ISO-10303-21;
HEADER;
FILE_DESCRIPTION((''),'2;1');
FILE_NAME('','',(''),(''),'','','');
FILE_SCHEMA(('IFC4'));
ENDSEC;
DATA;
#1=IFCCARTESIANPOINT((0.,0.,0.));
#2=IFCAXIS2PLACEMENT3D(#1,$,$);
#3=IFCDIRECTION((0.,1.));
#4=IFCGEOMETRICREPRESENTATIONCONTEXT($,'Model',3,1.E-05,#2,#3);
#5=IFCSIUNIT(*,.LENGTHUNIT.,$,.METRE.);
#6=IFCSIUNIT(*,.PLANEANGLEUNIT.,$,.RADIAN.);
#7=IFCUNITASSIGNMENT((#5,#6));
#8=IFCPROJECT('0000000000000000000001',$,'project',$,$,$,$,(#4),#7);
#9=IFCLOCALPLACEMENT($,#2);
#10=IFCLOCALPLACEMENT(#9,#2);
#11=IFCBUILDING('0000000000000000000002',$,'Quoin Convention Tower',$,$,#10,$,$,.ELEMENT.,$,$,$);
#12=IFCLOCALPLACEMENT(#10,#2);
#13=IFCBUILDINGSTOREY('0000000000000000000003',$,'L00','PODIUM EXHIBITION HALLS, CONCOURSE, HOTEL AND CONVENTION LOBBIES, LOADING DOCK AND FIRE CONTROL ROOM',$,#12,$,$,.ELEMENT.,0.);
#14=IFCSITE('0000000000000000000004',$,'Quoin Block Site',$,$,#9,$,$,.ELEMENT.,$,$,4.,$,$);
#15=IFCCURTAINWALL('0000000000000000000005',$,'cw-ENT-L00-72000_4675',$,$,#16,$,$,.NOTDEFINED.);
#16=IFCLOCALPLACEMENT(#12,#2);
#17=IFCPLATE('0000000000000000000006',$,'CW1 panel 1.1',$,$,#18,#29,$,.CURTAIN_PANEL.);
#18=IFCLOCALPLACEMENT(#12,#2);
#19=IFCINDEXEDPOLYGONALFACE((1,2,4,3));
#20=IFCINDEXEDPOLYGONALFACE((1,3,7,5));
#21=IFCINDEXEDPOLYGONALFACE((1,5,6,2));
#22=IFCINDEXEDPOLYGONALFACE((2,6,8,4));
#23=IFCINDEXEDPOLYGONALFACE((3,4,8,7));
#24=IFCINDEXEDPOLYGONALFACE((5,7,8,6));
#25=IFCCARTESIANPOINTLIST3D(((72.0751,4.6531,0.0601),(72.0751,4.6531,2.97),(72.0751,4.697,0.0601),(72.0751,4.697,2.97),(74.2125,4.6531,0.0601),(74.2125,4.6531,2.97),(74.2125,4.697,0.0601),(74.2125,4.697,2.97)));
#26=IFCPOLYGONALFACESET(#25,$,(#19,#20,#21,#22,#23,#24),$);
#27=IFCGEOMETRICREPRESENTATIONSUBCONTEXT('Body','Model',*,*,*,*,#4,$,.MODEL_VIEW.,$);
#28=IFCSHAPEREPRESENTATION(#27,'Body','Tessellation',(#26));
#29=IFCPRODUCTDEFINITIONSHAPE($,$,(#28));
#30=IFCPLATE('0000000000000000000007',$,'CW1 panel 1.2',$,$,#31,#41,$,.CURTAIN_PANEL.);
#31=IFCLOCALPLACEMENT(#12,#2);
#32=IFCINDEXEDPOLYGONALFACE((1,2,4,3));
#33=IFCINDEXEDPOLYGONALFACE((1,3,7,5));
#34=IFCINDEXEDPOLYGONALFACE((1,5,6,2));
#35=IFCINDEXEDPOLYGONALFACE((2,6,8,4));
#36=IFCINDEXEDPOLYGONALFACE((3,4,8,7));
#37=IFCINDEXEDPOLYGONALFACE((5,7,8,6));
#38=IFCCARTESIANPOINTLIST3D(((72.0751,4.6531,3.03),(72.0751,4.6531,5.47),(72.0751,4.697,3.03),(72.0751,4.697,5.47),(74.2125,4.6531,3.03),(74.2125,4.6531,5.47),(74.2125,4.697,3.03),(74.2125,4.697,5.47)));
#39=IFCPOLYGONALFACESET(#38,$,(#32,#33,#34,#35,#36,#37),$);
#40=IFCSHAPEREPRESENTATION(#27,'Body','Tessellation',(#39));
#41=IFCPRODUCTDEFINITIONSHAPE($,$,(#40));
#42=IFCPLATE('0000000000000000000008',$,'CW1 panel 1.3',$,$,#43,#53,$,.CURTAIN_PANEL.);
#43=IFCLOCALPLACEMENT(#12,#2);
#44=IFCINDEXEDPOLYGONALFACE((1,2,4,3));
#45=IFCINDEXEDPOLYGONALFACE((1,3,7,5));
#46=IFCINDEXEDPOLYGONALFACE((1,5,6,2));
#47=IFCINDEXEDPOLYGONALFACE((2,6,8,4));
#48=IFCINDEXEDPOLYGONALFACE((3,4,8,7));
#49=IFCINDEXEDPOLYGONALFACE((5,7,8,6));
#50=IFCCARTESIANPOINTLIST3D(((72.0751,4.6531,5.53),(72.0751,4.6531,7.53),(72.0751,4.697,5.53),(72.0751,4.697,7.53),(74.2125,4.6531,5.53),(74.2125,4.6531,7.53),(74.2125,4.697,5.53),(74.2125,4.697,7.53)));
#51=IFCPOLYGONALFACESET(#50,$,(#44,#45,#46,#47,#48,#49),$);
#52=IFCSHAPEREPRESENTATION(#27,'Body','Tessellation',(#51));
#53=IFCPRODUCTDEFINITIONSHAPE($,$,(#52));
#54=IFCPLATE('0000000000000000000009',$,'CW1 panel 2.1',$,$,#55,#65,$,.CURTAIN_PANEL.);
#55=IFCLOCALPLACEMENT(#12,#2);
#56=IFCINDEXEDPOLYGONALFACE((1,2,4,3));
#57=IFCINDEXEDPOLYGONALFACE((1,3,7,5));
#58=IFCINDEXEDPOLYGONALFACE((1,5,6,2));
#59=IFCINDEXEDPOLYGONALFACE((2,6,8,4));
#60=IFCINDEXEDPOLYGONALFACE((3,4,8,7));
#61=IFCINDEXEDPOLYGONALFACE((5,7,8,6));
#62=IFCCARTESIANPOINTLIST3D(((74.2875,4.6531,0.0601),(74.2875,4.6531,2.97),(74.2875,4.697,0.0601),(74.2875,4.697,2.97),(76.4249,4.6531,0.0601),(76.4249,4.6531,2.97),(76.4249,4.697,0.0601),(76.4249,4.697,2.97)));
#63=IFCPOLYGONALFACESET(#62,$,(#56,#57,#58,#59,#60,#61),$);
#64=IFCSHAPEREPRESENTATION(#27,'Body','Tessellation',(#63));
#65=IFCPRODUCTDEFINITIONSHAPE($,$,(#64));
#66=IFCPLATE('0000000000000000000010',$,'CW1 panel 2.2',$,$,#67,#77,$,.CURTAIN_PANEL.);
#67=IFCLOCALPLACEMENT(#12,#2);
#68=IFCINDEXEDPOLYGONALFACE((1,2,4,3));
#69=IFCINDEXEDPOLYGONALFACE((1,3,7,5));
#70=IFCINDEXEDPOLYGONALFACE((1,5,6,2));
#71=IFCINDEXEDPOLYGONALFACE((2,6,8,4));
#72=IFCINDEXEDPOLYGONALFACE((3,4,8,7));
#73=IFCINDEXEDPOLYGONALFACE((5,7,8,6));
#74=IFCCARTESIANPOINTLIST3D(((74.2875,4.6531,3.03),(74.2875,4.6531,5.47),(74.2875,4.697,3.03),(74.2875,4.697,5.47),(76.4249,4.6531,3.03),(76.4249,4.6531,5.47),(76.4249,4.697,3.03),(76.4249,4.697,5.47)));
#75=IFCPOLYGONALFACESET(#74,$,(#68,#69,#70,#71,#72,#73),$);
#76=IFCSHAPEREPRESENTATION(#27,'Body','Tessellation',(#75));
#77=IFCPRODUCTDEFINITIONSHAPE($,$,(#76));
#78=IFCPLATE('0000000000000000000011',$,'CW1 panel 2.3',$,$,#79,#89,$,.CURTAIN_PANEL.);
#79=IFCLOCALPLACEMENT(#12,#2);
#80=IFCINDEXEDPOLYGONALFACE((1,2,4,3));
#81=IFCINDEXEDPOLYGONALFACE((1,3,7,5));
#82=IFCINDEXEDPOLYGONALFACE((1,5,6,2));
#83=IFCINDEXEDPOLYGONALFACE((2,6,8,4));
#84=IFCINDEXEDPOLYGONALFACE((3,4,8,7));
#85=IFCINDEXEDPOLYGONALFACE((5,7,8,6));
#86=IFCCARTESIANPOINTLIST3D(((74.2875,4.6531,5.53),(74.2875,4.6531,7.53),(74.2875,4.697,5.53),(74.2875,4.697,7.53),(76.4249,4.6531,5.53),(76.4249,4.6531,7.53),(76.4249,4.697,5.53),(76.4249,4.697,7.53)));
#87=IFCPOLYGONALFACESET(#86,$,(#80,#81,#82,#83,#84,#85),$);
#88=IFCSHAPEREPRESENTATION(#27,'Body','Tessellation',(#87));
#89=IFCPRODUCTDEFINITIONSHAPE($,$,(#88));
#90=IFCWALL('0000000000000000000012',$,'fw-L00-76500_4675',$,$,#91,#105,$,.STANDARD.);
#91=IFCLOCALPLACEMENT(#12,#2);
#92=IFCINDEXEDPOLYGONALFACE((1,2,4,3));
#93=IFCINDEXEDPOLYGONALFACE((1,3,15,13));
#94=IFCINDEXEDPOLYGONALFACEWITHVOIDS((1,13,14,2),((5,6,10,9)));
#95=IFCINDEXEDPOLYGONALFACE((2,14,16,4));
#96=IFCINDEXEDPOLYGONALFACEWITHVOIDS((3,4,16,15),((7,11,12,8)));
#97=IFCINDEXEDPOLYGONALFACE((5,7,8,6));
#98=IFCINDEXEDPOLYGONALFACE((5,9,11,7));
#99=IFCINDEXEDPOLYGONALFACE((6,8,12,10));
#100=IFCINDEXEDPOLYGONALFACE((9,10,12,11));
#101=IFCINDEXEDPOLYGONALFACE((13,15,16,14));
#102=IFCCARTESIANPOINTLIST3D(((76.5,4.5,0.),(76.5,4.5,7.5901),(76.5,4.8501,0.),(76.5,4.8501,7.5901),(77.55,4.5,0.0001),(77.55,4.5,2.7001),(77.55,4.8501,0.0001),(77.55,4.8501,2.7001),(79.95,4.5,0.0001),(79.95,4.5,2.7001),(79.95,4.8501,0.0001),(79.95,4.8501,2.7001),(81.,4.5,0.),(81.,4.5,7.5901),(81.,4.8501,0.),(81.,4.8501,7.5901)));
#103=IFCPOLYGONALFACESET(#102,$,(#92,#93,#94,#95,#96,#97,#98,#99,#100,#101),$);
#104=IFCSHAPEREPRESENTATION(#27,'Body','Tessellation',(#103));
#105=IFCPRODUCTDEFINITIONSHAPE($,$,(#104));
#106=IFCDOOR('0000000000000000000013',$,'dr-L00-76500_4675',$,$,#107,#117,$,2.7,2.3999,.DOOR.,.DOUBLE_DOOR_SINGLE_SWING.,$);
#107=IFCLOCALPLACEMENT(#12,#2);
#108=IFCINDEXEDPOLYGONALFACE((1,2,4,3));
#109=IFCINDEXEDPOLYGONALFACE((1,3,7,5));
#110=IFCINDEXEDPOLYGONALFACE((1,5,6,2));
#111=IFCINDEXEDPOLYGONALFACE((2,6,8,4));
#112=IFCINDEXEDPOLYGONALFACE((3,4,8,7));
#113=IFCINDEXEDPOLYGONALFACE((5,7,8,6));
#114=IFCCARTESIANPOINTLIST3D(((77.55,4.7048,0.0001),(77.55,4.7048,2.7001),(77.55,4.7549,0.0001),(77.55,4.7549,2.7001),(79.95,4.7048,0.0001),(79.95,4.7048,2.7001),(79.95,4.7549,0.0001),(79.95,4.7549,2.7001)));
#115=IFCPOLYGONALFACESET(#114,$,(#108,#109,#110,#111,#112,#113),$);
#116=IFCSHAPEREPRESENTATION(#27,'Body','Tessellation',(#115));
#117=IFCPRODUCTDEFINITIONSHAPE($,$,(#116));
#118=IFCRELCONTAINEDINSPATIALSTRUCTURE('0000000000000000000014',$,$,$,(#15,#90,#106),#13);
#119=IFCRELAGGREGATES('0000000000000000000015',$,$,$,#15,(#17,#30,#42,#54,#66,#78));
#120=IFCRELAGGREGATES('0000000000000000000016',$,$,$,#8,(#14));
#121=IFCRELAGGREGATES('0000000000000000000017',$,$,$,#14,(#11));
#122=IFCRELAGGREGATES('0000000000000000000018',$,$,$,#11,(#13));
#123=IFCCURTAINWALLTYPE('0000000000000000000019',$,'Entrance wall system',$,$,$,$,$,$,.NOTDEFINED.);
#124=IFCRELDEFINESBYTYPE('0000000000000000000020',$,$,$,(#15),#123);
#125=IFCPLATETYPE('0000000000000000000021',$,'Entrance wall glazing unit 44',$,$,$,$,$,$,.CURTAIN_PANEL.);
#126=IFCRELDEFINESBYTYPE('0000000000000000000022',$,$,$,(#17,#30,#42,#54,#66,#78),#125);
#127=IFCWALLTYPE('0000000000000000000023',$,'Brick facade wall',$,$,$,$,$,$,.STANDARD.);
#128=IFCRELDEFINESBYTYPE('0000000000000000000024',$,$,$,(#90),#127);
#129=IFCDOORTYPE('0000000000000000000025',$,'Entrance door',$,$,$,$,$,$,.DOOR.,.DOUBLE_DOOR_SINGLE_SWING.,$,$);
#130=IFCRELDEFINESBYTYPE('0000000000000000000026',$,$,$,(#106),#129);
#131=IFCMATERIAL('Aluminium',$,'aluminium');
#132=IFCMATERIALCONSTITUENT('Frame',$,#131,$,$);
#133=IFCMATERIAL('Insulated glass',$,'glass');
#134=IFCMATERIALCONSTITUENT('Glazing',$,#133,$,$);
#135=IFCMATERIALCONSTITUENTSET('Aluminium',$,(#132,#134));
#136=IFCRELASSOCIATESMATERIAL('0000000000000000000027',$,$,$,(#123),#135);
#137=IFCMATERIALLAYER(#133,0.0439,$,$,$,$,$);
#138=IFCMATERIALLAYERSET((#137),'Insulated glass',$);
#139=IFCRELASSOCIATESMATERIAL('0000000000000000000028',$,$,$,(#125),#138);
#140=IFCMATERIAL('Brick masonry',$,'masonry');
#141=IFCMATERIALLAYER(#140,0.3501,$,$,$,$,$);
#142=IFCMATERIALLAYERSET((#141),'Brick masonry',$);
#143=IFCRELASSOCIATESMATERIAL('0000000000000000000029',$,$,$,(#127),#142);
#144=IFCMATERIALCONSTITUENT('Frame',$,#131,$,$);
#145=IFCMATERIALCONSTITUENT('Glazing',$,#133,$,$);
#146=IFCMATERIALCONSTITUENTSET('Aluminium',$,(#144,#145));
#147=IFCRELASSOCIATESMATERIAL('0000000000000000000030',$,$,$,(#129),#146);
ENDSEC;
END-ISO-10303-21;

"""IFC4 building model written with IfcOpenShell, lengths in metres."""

from ifc_helpers import new_model, si_unit, direction, frame, frame_2d, origin, origin_2d, place, context, subcontext, project, spatial, rectangle, extrude, material, layer, layer_set, constituent, constituent_set, type_object, element, fill, aggregate, save


model = new_model("IFC4")

# Units and contexts
model_context = context("Model", 3, precision=1e-05, world=origin(), true_north=direction((0.0, 1.0)))
body_context = subcontext(model_context, "Body", "Model", "MODEL_VIEW")
ifc_project = project(units=[si_unit("LENGTHUNIT", "METRE"), si_unit("PLANEANGLEUNIT", "RADIAN")], contexts=[model_context])

# Site, building, storey
site_placement = place(None, origin())
site = spatial("IfcSite", under=ifc_project, at=site_placement, Name="Quoin Block Site", CompositionType="ELEMENT", RefElevation=4.0)
building_placement = place(site_placement, origin())
building = spatial("IfcBuilding", under=site, at=building_placement, Name="Quoin Convention Tower", CompositionType="ELEMENT")
storey_placement = place(building_placement, origin())
storey = spatial("IfcBuildingStorey", under=building, at=storey_placement, Name="L00", Description="PODIUM EXHIBITION HALLS, CONCOURSE, HOTEL AND CONVENTION LOBBIES, LOADING DOCK AND FIRE CONTROL ROOM", CompositionType="ELEMENT", Elevation=0.0)

# Curtain wall
ifc_material_1 = material(Name="Aluminium", Category="aluminium")
ifc_constituent_1 = constituent(ifc_material_1, Name="Frame")
ifc_material_2 = material(Name="Insulated glass", Category="glass")
ifc_constituent_2 = constituent(ifc_material_2, Name="Glazing")
ifc_constituent_set_1 = constituent_set(constituents=[ifc_constituent_1, ifc_constituent_2], Name="Aluminium")
curtain_wall_type = type_object("IfcCurtainWallType", Name="Entrance wall system", PredefinedType="NOTDEFINED", material=ifc_constituent_set_1)
curtain_wall_1_placement = place(storey_placement, origin())
curtain_wall_1 = element("IfcCurtainWall", 1, at=curtain_wall_1_placement, inside=storey, type_object=curtain_wall_type, Name="cw-ENT-L00-72000_4675", PredefinedType="NOTDEFINED")

# Plates
ifc_layer_1 = layer(ifc_material_2, 0.0439)
ifc_layer_set_1 = layer_set([ifc_layer_1], Name="Insulated glass")
plate_type = type_object("IfcPlateType", Name="Entrance wall glazing unit 44", PredefinedType="CURTAIN_PANEL", material=ifc_layer_set_1)
plate_1_placement = place(storey_placement, frame((73.1438, 4.675, 0.0601), z_axis=(0.0, 0.0, 1.0), x_axis=(1.0, 0.0, 0.0)))
plate_1 = element("IfcPlate", 2, at=plate_1_placement, type_object=plate_type, Name="CW1 panel 1.1", PredefinedType="CURTAIN_PANEL", context=body_context, shape_type="SweptSolid", body=[
    extrude(rectangle(XDim=2.1375, YDim=0.0439, at=origin_2d()), origin(), (0.0, 0.0, 1.0), 2.9099),
])
plate_2_placement = place(storey_placement, frame((73.1438, 4.675, 3.03), z_axis=(0.0, 0.0, 1.0), x_axis=(1.0, 0.0, 0.0)))
plate_2 = element("IfcPlate", 3, at=plate_2_placement, type_object=plate_type, Name="CW1 panel 1.2", PredefinedType="CURTAIN_PANEL", context=body_context, shape_type="SweptSolid", body=[
    extrude(rectangle(XDim=2.1375, YDim=0.0439, at=origin_2d()), origin(), (0.0, 0.0, 1.0), 2.4399),
])
plate_3_placement = place(storey_placement, frame((73.1438, 4.675, 5.53), z_axis=(0.0, 0.0, 1.0), x_axis=(1.0, 0.0, 0.0)))
plate_3 = element("IfcPlate", 4, at=plate_3_placement, type_object=plate_type, Name="CW1 panel 1.3", PredefinedType="CURTAIN_PANEL", context=body_context, shape_type="SweptSolid", body=[
    extrude(rectangle(XDim=2.1375, YDim=0.0439, at=origin_2d()), origin(), (0.0, 0.0, 1.0), 2.0),
])
plate_4_placement = place(storey_placement, frame((75.3562, 4.675, 0.0601), z_axis=(0.0, 0.0, 1.0), x_axis=(1.0, 0.0, 0.0)))
plate_4 = element("IfcPlate", 5, at=plate_4_placement, type_object=plate_type, Name="CW1 panel 2.1", PredefinedType="CURTAIN_PANEL", context=body_context, shape_type="SweptSolid", body=[
    extrude(rectangle(XDim=2.1375, YDim=0.0439, at=origin_2d()), origin(), (0.0, 0.0, 1.0), 2.9099),
])
plate_5_placement = place(storey_placement, frame((75.3562, 4.675, 3.03), z_axis=(0.0, 0.0, 1.0), x_axis=(1.0, 0.0, 0.0)))
plate_5 = element("IfcPlate", 6, at=plate_5_placement, type_object=plate_type, Name="CW1 panel 2.2", PredefinedType="CURTAIN_PANEL", context=body_context, shape_type="SweptSolid", body=[
    extrude(rectangle(XDim=2.1375, YDim=0.0439, at=origin_2d()), origin(), (0.0, 0.0, 1.0), 2.4399),
])
plate_6_placement = place(storey_placement, frame((75.3562, 4.675, 5.53), z_axis=(0.0, 0.0, 1.0), x_axis=(1.0, 0.0, 0.0)))
plate_6 = element("IfcPlate", 7, at=plate_6_placement, type_object=plate_type, Name="CW1 panel 2.3", PredefinedType="CURTAIN_PANEL", context=body_context, shape_type="SweptSolid", body=[
    extrude(rectangle(XDim=2.1375, YDim=0.0439, at=origin_2d()), origin(), (0.0, 0.0, 1.0), 2.0),
])
aggregate(curtain_wall_1, [plate_1, plate_2, plate_3, plate_4, plate_5, plate_6])

# Wall, opening, door
ifc_material_3 = material(Name="Brick masonry", Category="masonry")
ifc_layer_2 = layer(ifc_material_3, 0.3501)
ifc_layer_set_2 = layer_set([ifc_layer_2], Name="Brick masonry")
wall_type = type_object("IfcWallType", Name="Brick facade wall", PredefinedType="STANDARD", material=ifc_layer_set_2)
wall_placement = place(storey_placement, frame((76.5, 4.675, 0.0), z_axis=(0.0, 0.0, 1.0), x_axis=(1.0, 0.0, 0.0)))
wall = element("IfcWall", 8, at=wall_placement, inside=storey, type_object=wall_type, Name="fw-L00-76500_4675", PredefinedType="STANDARD", context=body_context, shape_type="SweptSolid", body=[
    extrude(rectangle(XDim=4.5, YDim=0.3501, at=frame_2d((2.25, 0.0))), origin(), (0.0, 0.0, 1.0), 7.5901),
])
opening_placement = place(wall_placement, frame((1.05, 0.0, 0.0)))
opening = element("IfcOpeningElement", 9, at=opening_placement, cuts=wall, PredefinedType="OPENING", context=body_context, shape_type="SweptSolid", body=[
    extrude(rectangle(XDim=2.3999, YDim=2.7, at=frame_2d((1.2, 1.3501))), frame((0.0, 0.1851, 0.0), z_axis=(0.0, -1.0, 0.0), x_axis=(1.0, 0.0, 0.0)), (0.0, 0.0, 1.0), 0.3701),
])
ifc_constituent_3 = constituent(ifc_material_1, Name="Frame")
ifc_constituent_4 = constituent(ifc_material_2, Name="Glazing")
ifc_constituent_set_2 = constituent_set(constituents=[ifc_constituent_3, ifc_constituent_4], Name="Aluminium")
door_type = type_object("IfcDoorType", Name="Entrance door", OperationType="DOUBLE_DOOR_SINGLE_SWING", PredefinedType="DOOR", material=ifc_constituent_set_2)
door_placement = place(opening_placement, frame((2.3999, 0.0, 0.0), z_axis=(0.0, 0.0, 1.0), x_axis=(-1.0, 0.0, 0.0)))
door = element("IfcDoor", 10, at=door_placement, inside=storey, type_object=door_type, Name="dr-L00-76500_4675", OperationType="DOUBLE_DOOR_SINGLE_SWING", OverallHeight=2.7, OverallWidth=2.3999, PredefinedType="DOOR", context=body_context, shape_type="SweptSolid", body=[
    extrude(rectangle(XDim=2.3999, YDim=2.7, at=frame_2d((1.2, 1.3501))), frame((0.0, -0.0298, 0.0), z_axis=(0.0, -1.0, 0.0), x_axis=(1.0, 0.0, 0.0)), (0.0, 0.0, 1.0), 0.05),
])
fill(opening, door)

save(model, "model.ifc")
